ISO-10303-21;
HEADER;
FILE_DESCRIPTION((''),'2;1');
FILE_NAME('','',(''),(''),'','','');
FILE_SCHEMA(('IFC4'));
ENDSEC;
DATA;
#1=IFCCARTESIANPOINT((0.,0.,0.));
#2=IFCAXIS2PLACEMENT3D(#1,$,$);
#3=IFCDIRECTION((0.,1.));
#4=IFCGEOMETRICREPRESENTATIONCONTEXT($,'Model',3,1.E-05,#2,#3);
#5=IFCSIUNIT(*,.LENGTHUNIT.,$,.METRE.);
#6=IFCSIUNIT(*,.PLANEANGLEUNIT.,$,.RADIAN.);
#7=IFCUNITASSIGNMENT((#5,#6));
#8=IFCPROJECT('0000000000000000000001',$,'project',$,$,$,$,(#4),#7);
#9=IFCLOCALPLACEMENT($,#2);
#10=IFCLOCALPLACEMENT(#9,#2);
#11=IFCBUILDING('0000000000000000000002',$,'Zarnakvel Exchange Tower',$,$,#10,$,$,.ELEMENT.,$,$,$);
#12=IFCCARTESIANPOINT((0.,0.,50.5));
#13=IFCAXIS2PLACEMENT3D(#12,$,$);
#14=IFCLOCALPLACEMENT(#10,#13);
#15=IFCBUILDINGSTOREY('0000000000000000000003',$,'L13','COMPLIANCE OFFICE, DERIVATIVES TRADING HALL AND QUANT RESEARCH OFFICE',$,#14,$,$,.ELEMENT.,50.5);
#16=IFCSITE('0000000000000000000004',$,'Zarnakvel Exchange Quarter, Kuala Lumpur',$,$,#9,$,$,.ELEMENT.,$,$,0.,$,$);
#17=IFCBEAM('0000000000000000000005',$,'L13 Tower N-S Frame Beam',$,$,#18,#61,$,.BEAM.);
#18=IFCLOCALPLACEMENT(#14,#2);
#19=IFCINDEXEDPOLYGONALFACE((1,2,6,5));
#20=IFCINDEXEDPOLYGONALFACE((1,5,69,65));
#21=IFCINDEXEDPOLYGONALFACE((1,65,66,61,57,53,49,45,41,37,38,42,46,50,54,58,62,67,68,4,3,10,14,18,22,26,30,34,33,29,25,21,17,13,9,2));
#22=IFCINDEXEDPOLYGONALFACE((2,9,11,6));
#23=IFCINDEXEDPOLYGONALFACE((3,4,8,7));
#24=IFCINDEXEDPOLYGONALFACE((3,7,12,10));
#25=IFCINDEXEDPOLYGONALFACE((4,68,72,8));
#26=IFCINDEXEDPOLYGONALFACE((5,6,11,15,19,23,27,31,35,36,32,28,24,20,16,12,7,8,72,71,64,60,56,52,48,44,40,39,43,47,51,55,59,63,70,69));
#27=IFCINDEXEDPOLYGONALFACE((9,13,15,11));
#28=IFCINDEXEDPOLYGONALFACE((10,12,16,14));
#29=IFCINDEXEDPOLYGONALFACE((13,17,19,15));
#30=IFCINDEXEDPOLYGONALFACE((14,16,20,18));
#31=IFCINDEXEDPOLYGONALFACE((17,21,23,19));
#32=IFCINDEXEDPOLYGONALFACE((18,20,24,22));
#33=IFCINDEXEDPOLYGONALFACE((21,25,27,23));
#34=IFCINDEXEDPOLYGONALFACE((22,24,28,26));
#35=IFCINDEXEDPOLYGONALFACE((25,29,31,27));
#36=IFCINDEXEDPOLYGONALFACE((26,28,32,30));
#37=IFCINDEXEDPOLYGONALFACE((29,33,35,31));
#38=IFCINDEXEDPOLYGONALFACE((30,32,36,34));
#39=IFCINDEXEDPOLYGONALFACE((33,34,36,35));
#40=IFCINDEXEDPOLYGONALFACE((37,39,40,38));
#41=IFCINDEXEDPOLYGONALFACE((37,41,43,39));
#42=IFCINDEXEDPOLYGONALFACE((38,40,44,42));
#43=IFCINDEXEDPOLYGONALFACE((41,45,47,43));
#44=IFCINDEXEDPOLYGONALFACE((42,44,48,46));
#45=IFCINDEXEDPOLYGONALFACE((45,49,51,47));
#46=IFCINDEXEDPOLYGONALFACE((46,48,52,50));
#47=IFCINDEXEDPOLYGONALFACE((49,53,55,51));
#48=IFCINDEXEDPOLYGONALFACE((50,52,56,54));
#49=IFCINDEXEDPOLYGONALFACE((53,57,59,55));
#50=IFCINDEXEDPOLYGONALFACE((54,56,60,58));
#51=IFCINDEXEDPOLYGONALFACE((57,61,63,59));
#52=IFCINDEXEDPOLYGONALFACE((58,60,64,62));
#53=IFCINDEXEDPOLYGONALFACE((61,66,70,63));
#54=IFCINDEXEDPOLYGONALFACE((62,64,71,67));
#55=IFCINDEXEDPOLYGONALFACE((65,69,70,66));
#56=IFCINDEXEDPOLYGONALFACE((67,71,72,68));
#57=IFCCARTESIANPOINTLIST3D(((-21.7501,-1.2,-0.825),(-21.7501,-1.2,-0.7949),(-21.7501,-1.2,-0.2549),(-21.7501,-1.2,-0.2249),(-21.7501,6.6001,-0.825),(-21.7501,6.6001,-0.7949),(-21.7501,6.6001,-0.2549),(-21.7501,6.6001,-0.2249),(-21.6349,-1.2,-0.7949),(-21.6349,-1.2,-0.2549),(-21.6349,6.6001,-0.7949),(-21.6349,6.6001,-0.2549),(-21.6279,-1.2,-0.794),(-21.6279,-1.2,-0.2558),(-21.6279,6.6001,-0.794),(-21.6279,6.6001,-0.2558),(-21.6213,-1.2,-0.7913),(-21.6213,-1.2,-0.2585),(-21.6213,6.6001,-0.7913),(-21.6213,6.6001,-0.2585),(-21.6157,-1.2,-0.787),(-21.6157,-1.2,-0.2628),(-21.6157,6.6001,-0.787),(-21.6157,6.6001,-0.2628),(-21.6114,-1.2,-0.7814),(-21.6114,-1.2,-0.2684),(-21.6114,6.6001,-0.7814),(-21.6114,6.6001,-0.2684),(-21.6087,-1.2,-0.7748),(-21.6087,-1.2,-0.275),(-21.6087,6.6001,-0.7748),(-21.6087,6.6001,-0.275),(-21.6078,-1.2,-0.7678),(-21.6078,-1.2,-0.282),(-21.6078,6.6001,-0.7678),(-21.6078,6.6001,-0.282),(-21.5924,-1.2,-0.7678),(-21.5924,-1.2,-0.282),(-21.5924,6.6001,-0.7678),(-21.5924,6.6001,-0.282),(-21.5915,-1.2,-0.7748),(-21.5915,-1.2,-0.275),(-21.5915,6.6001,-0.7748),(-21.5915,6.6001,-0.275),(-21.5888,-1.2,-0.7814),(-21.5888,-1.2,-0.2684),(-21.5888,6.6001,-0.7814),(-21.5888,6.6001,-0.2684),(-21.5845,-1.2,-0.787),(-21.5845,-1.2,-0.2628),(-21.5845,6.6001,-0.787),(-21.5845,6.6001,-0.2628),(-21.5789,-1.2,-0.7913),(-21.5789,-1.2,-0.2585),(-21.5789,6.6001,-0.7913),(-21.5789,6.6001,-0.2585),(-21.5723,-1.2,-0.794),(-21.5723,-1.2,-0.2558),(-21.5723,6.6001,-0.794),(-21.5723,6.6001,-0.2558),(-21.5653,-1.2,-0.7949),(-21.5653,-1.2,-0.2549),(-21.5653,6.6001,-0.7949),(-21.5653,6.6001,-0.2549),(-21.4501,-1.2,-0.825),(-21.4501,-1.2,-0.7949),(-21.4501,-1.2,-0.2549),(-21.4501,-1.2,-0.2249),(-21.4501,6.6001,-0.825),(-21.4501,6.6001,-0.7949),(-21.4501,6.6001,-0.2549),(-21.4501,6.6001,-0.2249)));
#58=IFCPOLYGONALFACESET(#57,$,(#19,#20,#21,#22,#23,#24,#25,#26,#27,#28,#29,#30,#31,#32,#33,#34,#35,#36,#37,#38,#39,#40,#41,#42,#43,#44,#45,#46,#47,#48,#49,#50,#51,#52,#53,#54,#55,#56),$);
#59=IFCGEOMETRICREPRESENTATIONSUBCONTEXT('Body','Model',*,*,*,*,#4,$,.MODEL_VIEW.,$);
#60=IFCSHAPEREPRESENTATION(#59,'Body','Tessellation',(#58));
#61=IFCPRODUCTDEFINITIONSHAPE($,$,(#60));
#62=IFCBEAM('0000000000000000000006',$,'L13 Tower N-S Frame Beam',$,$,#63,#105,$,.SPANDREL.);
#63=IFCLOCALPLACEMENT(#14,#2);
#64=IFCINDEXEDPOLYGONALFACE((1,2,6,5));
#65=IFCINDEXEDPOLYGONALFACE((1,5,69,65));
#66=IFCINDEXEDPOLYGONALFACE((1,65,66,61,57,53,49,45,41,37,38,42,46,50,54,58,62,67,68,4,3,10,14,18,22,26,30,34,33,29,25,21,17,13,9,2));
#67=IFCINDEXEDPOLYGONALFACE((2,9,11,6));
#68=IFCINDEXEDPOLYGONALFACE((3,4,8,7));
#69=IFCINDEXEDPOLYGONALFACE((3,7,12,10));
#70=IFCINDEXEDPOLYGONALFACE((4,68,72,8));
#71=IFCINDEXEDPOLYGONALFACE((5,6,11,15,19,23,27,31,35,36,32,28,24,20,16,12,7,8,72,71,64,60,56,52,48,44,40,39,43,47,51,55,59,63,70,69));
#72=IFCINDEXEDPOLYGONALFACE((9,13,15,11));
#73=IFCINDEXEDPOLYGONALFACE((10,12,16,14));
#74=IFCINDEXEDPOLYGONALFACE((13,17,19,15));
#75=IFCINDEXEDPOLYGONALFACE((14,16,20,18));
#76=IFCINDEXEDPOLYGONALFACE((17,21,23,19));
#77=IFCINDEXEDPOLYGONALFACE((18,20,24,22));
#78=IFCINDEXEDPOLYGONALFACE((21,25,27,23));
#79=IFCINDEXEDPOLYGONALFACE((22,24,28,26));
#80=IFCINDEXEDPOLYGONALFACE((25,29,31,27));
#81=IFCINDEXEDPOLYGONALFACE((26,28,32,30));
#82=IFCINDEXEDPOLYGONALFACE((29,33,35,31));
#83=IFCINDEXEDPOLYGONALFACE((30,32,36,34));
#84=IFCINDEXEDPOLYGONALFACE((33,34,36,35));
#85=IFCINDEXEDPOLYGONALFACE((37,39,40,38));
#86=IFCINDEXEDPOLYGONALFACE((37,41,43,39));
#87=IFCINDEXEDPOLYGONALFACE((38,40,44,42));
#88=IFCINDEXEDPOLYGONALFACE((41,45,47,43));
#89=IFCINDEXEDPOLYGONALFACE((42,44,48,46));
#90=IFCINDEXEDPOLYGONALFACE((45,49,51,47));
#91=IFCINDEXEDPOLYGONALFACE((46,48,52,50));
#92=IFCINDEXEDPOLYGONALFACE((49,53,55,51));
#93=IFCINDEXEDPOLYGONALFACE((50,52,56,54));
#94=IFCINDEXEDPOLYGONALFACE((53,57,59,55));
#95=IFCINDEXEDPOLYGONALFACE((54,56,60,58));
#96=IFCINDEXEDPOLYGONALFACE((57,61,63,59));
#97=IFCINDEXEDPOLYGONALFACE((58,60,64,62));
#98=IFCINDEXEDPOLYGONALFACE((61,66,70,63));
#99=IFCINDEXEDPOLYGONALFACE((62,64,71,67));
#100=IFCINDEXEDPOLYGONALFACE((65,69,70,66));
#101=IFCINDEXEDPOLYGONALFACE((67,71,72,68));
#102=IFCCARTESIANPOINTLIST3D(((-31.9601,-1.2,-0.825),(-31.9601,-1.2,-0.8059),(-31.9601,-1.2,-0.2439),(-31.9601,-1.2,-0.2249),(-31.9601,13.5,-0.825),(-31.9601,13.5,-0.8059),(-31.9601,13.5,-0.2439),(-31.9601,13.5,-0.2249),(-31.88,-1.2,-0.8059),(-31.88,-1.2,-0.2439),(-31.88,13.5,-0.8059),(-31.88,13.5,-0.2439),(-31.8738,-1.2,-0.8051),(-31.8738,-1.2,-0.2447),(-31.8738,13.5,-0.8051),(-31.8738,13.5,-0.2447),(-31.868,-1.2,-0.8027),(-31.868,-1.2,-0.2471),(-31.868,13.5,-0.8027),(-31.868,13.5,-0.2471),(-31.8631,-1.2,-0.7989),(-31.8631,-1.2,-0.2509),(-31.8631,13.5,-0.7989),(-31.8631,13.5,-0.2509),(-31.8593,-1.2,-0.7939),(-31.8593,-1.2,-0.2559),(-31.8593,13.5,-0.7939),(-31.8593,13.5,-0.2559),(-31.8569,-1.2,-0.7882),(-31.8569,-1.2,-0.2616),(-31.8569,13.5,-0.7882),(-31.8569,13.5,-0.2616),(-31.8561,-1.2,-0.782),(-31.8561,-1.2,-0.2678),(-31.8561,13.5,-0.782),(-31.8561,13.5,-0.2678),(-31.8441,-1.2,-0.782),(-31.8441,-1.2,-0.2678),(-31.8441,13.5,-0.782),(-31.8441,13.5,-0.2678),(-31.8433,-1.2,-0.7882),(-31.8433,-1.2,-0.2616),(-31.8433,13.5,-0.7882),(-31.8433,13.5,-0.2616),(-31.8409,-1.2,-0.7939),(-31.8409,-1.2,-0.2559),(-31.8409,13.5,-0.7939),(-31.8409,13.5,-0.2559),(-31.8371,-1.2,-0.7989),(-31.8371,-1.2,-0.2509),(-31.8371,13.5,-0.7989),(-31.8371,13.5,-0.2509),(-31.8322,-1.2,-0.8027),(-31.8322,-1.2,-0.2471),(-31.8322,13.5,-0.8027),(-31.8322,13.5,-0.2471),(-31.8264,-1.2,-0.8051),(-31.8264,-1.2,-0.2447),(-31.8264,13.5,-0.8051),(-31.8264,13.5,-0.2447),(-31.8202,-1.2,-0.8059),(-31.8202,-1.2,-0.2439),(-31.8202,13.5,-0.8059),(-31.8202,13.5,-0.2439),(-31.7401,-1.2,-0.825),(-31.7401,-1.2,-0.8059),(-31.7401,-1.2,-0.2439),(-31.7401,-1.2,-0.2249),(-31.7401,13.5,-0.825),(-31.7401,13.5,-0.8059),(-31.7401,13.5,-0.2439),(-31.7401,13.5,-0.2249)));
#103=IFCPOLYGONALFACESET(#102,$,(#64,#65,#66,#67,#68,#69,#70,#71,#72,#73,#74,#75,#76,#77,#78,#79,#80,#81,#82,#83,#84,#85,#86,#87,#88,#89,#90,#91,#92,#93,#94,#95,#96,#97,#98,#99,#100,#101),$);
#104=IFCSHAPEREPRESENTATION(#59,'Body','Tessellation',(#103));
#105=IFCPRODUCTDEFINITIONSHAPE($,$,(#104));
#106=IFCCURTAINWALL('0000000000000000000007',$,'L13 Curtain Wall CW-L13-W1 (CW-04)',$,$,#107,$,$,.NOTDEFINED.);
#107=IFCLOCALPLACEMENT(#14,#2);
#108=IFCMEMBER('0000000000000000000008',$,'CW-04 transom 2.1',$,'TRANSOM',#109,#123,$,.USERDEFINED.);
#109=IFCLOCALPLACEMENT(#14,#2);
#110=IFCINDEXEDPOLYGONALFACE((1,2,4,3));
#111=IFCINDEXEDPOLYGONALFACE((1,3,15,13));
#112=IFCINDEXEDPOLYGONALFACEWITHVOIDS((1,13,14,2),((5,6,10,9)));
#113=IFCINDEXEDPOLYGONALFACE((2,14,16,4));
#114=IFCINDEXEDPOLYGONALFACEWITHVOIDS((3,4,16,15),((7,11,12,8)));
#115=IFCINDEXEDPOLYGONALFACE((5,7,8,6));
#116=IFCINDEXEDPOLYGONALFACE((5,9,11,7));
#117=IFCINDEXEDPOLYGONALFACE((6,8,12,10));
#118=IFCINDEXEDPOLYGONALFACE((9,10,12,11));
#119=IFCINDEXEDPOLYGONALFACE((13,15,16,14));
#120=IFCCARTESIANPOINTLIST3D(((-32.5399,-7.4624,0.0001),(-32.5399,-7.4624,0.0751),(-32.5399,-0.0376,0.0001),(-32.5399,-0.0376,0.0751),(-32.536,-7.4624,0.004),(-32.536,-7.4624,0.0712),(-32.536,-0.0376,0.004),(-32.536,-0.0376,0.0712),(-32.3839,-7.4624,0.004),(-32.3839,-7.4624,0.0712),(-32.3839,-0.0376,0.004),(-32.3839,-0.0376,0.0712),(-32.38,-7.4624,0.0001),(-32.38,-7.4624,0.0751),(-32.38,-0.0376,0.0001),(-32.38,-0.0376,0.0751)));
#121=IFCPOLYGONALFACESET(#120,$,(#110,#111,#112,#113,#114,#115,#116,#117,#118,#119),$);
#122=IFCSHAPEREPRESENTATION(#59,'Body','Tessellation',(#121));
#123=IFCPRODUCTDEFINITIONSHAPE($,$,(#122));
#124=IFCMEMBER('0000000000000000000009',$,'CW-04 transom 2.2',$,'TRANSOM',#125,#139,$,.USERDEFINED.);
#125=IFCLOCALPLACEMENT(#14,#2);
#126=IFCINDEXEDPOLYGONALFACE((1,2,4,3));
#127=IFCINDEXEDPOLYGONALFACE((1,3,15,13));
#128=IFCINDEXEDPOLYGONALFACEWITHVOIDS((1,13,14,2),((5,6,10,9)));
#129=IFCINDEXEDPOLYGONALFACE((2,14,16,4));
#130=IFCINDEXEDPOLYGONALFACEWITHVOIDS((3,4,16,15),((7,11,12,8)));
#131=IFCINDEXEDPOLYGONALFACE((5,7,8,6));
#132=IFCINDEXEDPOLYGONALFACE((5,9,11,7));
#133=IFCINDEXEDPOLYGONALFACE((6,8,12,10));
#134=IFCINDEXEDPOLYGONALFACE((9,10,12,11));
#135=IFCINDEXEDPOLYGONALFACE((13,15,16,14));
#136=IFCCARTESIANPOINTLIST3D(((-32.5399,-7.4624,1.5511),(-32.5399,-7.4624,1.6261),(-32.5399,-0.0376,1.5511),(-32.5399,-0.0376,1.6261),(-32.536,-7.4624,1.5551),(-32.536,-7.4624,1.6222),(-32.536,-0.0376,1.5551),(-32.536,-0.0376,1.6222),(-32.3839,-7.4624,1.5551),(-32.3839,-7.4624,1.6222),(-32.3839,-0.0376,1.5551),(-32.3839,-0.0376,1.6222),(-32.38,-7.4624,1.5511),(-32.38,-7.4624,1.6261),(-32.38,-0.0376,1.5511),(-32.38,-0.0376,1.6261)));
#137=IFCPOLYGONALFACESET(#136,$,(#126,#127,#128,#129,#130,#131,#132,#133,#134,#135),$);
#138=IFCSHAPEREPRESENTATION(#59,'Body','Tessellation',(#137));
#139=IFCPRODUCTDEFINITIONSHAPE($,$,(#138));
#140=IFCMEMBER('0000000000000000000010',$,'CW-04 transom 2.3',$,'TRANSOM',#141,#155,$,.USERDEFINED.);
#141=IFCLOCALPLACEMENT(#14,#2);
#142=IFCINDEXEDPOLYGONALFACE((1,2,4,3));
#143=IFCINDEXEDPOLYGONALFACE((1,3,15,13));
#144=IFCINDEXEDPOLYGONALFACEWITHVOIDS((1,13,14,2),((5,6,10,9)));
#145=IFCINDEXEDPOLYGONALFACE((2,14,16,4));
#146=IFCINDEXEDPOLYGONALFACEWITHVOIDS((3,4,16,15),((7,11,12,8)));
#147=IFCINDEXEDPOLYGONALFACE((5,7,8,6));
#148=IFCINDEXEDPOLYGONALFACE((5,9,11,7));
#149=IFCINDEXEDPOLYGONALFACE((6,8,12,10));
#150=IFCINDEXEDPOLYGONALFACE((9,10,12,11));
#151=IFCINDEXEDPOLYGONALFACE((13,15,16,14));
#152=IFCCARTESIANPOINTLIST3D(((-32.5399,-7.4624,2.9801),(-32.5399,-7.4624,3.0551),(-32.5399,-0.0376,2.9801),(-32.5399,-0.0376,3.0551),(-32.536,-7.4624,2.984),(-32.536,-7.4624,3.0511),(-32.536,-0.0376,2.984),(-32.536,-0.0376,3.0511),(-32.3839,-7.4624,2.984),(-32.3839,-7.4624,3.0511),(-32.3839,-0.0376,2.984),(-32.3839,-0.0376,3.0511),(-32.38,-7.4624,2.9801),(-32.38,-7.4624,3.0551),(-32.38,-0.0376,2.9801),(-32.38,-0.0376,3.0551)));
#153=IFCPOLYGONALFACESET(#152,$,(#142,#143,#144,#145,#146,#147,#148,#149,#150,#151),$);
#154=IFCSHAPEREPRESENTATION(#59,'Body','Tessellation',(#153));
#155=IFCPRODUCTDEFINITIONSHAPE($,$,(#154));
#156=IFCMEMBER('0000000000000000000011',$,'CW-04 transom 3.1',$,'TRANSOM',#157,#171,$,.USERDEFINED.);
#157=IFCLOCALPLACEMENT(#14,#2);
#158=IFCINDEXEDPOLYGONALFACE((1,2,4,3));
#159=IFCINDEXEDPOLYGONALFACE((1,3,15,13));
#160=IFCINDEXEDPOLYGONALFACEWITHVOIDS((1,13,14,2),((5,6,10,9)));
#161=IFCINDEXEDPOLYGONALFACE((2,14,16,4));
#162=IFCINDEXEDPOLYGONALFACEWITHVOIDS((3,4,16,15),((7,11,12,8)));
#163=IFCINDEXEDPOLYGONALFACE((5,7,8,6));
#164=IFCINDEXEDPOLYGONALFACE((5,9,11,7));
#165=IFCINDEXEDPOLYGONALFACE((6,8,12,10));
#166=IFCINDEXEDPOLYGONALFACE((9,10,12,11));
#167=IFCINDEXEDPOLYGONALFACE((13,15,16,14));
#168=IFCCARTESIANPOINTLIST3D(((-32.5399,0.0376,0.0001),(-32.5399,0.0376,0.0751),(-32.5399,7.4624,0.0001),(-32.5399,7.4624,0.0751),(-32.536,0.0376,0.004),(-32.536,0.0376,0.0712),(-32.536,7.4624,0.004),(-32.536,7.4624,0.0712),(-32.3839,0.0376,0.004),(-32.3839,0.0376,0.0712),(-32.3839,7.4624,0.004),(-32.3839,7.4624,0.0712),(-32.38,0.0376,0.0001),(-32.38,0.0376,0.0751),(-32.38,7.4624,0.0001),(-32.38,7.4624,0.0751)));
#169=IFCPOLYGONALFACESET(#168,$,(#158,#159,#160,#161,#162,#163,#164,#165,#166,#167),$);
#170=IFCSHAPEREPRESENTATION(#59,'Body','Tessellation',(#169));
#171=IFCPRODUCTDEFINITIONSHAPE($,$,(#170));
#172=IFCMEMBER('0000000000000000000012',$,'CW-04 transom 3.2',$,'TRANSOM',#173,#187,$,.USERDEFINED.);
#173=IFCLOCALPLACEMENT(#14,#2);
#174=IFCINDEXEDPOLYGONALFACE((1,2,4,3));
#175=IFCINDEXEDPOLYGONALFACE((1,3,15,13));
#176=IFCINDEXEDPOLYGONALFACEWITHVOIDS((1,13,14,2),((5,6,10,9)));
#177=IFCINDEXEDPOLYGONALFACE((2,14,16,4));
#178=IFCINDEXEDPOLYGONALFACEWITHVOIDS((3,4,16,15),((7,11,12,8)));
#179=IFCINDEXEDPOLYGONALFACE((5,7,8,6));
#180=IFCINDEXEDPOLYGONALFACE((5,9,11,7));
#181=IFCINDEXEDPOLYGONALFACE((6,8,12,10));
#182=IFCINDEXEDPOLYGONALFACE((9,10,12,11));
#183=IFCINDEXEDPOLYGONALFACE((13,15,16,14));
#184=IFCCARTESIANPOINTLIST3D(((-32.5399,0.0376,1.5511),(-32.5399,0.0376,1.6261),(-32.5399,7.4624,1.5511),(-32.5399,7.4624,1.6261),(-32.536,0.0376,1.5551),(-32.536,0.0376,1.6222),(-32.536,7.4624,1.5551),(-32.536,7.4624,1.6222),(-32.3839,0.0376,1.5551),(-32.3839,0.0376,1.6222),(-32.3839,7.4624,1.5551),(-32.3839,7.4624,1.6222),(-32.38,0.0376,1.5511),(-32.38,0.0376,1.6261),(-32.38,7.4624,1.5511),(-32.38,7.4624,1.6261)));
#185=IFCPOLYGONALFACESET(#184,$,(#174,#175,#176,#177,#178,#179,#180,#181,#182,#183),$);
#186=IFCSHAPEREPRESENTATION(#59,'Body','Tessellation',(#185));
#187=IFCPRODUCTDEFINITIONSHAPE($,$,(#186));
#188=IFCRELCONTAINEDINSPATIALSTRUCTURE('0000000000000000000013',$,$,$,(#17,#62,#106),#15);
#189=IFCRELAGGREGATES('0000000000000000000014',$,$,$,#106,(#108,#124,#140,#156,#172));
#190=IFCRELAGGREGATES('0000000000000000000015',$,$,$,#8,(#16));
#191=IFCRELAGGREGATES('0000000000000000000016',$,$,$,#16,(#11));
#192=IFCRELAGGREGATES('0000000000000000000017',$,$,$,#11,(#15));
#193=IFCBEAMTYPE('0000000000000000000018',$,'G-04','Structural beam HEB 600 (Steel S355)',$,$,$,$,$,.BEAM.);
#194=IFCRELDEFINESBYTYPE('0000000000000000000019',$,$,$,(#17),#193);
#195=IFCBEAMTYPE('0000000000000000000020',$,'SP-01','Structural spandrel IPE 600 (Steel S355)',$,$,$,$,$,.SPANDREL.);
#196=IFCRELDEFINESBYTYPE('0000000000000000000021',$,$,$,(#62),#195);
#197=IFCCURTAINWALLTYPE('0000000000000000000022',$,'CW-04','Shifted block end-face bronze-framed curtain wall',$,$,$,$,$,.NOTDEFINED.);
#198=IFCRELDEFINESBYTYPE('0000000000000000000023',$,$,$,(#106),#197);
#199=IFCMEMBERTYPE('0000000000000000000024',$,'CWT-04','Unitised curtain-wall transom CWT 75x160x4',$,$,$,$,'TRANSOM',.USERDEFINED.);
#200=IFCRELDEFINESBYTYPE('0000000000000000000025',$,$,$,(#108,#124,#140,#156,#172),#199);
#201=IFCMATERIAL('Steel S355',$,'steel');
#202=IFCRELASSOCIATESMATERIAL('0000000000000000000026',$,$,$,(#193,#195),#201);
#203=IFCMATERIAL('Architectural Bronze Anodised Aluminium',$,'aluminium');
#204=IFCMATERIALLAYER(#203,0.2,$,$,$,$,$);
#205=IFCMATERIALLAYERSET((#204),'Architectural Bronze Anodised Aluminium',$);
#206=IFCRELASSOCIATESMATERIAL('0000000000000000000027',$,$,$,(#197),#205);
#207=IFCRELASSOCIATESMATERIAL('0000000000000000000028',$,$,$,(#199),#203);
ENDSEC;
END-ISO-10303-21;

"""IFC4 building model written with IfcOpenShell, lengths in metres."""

from ifc_helpers import new_model, si_unit, direction, frame, origin, origin_2d, place, context, subcontext, project, spatial, hollow_rectangle, i_section, extrude, source, transform, mapped, material, layer, layer_set, material_profile, profile_set, type_object, element, aggregate, save


model = new_model("IFC4")

# Units and contexts
model_context = context("Model", 3, precision=1e-05, world=origin(), true_north=direction((0.0, 1.0)))
body_context = subcontext(model_context, "Body", "Model", "MODEL_VIEW")
ifc_project = project(units=[si_unit("LENGTHUNIT", "METRE"), si_unit("PLANEANGLEUNIT", "RADIAN")], contexts=[model_context])

# Site, building, storey
site_placement = place(None, origin())
site = spatial("IfcSite", under=ifc_project, at=site_placement, Name="Zarnakvel Exchange Quarter, Kuala Lumpur", CompositionType="ELEMENT", RefElevation=0.0)
building_placement = place(site_placement, origin())
building = spatial("IfcBuilding", under=site, at=building_placement, Name="Zarnakvel Exchange Tower", CompositionType="ELEMENT")
storey_placement = place(building_placement, frame((0.0, 0.0, 50.5)))
storey = spatial("IfcBuildingStorey", under=building, at=storey_placement, Name="L13", Description="COMPLIANCE OFFICE, DERIVATIVES TRADING HALL AND QUANT RESEARCH OFFICE", CompositionType="ELEMENT", Elevation=50.5)

# Shared definitions
ifc_material_1 = material(Name="Steel S355", Category="steel")

# Beams
ifc_material_profile_1 = material_profile(ifc_material_1, i_section(OverallWidth=0.3, OverallDepth=0.6001, WebThickness=0.0154, FlangeThickness=0.03, FilletRadius=0.0271, at=origin_2d()))
ifc_profile_set_1 = profile_set([ifc_material_profile_1], Name="Steel S355")
beam_type_1 = type_object("IfcBeamType", Name="G-04", Description="Structural beam HEB 600 (Steel S355)", PredefinedType="BEAM", material=ifc_profile_set_1)
beam_1_placement = place(storey_placement, frame((-21.6001, -1.2, -0.5249), z_axis=(0.0, 1.0, 0.0), x_axis=(-1.0, 0.0, 0.0)))
element("IfcBeam", 1, at=beam_1_placement, inside=storey, type_object=beam_type_1, Name="L13 Tower N-S Frame Beam", PredefinedType="BEAM", context=body_context, shape_type="SweptSolid", body=[
    extrude(i_section(OverallWidth=0.3, OverallDepth=0.6001, WebThickness=0.0154, FlangeThickness=0.03, FilletRadius=0.0271, at=origin_2d()), origin(), (0.0, 0.0, 1.0), 7.8),
])
ifc_material_profile_2 = material_profile(ifc_material_1, i_section(OverallWidth=0.22, OverallDepth=0.6001, WebThickness=0.012, FlangeThickness=0.019, FilletRadius=0.0239, at=origin_2d()))
ifc_profile_set_2 = profile_set([ifc_material_profile_2], Name="Steel S355")
beam_type_2 = type_object("IfcBeamType", Name="SP-01", Description="Structural spandrel IPE 600 (Steel S355)", PredefinedType="SPANDREL", material=ifc_profile_set_2)
beam_2_placement = place(storey_placement, frame((-31.8501, -1.2, -0.5249), z_axis=(0.0, 1.0, 0.0), x_axis=(-1.0, 0.0, 0.0)))
element("IfcBeam", 2, at=beam_2_placement, inside=storey, type_object=beam_type_2, Name="L13 Tower N-S Frame Beam", PredefinedType="SPANDREL", context=body_context, shape_type="SweptSolid", body=[
    extrude(i_section(OverallWidth=0.22, OverallDepth=0.6001, WebThickness=0.012, FlangeThickness=0.019, FilletRadius=0.0239, at=origin_2d()), origin(), (0.0, 0.0, 1.0), 14.7),
])

# Curtain wall, members
ifc_material_2 = material(Name="Architectural Bronze Anodised Aluminium", Category="aluminium")
ifc_layer_1 = layer(ifc_material_2, 0.2)
ifc_layer_set_1 = layer_set([ifc_layer_1], Name="Architectural Bronze Anodised Aluminium")
curtain_wall_type = type_object("IfcCurtainWallType", Name="CW-04", Description="Shifted block end-face bronze-framed curtain wall", PredefinedType="NOTDEFINED", material=ifc_layer_set_1)
curtain_wall_placement = place(storey_placement, origin())
curtain_wall = element("IfcCurtainWall", 3, at=curtain_wall_placement, inside=storey, type_object=curtain_wall_type, Name="L13 Curtain Wall CW-L13-W1 (CW-04)", PredefinedType="NOTDEFINED")
ifc_material_profile_3 = material_profile(ifc_material_2, hollow_rectangle(XDim=0.1599, YDim=0.075, WallThickness=0.0039, at=origin_2d()))
ifc_profile_set_3 = profile_set([ifc_material_profile_3], Name="Architectural Bronze Anodised Aluminium")
member_type_1 = type_object("IfcMemberType", Name="CWT-04", Description="Unitised curtain-wall transom CWT 75x160x4", ElementType="TRANSOM", PredefinedType="USERDEFINED", material=ifc_profile_set_3)
shared_shape_1 = source(origin(), body_context, "Body", "SweptSolid", [
    extrude(hollow_rectangle(XDim=0.1599, YDim=0.075, WallThickness=0.0039, at=origin_2d()), origin(), (0.0, 0.0, 1.0), 7.4248),
])
member_1_placement = place(storey_placement, frame((-32.46, -7.4624, 0.0376), z_axis=(0.0, 1.0, 0.0), x_axis=(-1.0, 0.0, 0.0)))
member_1 = element("IfcMember", 4, at=member_1_placement, type_object=member_type_1, Name="CW-04 transom 2.1", ObjectType="TRANSOM", PredefinedType="USERDEFINED", context=body_context, shape_type="MappedRepresentation", body=[
    mapped(shared_shape_1, transform((0.0, 0.0, 0.0), x_axis=(1.0, 0.0, 0.0), y_axis=(0.0, 1.0, 0.0), z_axis=(0.0, 0.0, 1.0), scale=1.0)),
])
member_2_placement = place(storey_placement, frame((-32.46, -7.4624, 1.5886), z_axis=(0.0, 1.0, 0.0), x_axis=(-1.0, 0.0, 0.0)))
member_2 = element("IfcMember", 5, at=member_2_placement, type_object=member_type_1, Name="CW-04 transom 2.2", ObjectType="TRANSOM", PredefinedType="USERDEFINED", context=body_context, shape_type="MappedRepresentation", body=[
    mapped(shared_shape_1, transform((0.0, 0.0, 0.0), x_axis=(1.0, 0.0, 0.0), y_axis=(0.0, 1.0, 0.0), z_axis=(0.0, 0.0, 1.0), scale=1.0)),
])
member_3_placement = place(storey_placement, frame((-32.46, -7.4624, 3.0176), z_axis=(0.0, 1.0, 0.0), x_axis=(-1.0, 0.0, 0.0)))
member_3 = element("IfcMember", 6, at=member_3_placement, type_object=member_type_1, Name="CW-04 transom 2.3", ObjectType="TRANSOM", PredefinedType="USERDEFINED", context=body_context, shape_type="MappedRepresentation", body=[
    mapped(shared_shape_1, transform((0.0, 0.0, 0.0), x_axis=(1.0, 0.0, 0.0), y_axis=(0.0, 1.0, 0.0), z_axis=(0.0, 0.0, 1.0), scale=1.0)),
])
member_4_placement = place(storey_placement, frame((-32.46, 0.0376, 0.0376), z_axis=(0.0, 1.0, 0.0), x_axis=(-1.0, 0.0, 0.0)))
member_4 = element("IfcMember", 7, at=member_4_placement, type_object=member_type_1, Name="CW-04 transom 3.1", ObjectType="TRANSOM", PredefinedType="USERDEFINED", context=body_context, shape_type="MappedRepresentation", body=[
    mapped(shared_shape_1, transform((0.0, 0.0, 0.0), x_axis=(1.0, 0.0, 0.0), y_axis=(0.0, 1.0, 0.0), z_axis=(0.0, 0.0, 1.0), scale=1.0)),
])
member_5_placement = place(storey_placement, frame((-32.46, 0.0376, 1.5886), z_axis=(0.0, 1.0, 0.0), x_axis=(-1.0, 0.0, 0.0)))
member_5 = element("IfcMember", 8, at=member_5_placement, type_object=member_type_1, Name="CW-04 transom 3.2", ObjectType="TRANSOM", PredefinedType="USERDEFINED", context=body_context, shape_type="MappedRepresentation", body=[
    mapped(shared_shape_1, transform((0.0, 0.0, 0.0), x_axis=(1.0, 0.0, 0.0), y_axis=(0.0, 1.0, 0.0), z_axis=(0.0, 0.0, 1.0), scale=1.0)),
])
aggregate(curtain_wall, [member_1, member_2, member_3, member_4, member_5])

save(model, "model.ifc")
